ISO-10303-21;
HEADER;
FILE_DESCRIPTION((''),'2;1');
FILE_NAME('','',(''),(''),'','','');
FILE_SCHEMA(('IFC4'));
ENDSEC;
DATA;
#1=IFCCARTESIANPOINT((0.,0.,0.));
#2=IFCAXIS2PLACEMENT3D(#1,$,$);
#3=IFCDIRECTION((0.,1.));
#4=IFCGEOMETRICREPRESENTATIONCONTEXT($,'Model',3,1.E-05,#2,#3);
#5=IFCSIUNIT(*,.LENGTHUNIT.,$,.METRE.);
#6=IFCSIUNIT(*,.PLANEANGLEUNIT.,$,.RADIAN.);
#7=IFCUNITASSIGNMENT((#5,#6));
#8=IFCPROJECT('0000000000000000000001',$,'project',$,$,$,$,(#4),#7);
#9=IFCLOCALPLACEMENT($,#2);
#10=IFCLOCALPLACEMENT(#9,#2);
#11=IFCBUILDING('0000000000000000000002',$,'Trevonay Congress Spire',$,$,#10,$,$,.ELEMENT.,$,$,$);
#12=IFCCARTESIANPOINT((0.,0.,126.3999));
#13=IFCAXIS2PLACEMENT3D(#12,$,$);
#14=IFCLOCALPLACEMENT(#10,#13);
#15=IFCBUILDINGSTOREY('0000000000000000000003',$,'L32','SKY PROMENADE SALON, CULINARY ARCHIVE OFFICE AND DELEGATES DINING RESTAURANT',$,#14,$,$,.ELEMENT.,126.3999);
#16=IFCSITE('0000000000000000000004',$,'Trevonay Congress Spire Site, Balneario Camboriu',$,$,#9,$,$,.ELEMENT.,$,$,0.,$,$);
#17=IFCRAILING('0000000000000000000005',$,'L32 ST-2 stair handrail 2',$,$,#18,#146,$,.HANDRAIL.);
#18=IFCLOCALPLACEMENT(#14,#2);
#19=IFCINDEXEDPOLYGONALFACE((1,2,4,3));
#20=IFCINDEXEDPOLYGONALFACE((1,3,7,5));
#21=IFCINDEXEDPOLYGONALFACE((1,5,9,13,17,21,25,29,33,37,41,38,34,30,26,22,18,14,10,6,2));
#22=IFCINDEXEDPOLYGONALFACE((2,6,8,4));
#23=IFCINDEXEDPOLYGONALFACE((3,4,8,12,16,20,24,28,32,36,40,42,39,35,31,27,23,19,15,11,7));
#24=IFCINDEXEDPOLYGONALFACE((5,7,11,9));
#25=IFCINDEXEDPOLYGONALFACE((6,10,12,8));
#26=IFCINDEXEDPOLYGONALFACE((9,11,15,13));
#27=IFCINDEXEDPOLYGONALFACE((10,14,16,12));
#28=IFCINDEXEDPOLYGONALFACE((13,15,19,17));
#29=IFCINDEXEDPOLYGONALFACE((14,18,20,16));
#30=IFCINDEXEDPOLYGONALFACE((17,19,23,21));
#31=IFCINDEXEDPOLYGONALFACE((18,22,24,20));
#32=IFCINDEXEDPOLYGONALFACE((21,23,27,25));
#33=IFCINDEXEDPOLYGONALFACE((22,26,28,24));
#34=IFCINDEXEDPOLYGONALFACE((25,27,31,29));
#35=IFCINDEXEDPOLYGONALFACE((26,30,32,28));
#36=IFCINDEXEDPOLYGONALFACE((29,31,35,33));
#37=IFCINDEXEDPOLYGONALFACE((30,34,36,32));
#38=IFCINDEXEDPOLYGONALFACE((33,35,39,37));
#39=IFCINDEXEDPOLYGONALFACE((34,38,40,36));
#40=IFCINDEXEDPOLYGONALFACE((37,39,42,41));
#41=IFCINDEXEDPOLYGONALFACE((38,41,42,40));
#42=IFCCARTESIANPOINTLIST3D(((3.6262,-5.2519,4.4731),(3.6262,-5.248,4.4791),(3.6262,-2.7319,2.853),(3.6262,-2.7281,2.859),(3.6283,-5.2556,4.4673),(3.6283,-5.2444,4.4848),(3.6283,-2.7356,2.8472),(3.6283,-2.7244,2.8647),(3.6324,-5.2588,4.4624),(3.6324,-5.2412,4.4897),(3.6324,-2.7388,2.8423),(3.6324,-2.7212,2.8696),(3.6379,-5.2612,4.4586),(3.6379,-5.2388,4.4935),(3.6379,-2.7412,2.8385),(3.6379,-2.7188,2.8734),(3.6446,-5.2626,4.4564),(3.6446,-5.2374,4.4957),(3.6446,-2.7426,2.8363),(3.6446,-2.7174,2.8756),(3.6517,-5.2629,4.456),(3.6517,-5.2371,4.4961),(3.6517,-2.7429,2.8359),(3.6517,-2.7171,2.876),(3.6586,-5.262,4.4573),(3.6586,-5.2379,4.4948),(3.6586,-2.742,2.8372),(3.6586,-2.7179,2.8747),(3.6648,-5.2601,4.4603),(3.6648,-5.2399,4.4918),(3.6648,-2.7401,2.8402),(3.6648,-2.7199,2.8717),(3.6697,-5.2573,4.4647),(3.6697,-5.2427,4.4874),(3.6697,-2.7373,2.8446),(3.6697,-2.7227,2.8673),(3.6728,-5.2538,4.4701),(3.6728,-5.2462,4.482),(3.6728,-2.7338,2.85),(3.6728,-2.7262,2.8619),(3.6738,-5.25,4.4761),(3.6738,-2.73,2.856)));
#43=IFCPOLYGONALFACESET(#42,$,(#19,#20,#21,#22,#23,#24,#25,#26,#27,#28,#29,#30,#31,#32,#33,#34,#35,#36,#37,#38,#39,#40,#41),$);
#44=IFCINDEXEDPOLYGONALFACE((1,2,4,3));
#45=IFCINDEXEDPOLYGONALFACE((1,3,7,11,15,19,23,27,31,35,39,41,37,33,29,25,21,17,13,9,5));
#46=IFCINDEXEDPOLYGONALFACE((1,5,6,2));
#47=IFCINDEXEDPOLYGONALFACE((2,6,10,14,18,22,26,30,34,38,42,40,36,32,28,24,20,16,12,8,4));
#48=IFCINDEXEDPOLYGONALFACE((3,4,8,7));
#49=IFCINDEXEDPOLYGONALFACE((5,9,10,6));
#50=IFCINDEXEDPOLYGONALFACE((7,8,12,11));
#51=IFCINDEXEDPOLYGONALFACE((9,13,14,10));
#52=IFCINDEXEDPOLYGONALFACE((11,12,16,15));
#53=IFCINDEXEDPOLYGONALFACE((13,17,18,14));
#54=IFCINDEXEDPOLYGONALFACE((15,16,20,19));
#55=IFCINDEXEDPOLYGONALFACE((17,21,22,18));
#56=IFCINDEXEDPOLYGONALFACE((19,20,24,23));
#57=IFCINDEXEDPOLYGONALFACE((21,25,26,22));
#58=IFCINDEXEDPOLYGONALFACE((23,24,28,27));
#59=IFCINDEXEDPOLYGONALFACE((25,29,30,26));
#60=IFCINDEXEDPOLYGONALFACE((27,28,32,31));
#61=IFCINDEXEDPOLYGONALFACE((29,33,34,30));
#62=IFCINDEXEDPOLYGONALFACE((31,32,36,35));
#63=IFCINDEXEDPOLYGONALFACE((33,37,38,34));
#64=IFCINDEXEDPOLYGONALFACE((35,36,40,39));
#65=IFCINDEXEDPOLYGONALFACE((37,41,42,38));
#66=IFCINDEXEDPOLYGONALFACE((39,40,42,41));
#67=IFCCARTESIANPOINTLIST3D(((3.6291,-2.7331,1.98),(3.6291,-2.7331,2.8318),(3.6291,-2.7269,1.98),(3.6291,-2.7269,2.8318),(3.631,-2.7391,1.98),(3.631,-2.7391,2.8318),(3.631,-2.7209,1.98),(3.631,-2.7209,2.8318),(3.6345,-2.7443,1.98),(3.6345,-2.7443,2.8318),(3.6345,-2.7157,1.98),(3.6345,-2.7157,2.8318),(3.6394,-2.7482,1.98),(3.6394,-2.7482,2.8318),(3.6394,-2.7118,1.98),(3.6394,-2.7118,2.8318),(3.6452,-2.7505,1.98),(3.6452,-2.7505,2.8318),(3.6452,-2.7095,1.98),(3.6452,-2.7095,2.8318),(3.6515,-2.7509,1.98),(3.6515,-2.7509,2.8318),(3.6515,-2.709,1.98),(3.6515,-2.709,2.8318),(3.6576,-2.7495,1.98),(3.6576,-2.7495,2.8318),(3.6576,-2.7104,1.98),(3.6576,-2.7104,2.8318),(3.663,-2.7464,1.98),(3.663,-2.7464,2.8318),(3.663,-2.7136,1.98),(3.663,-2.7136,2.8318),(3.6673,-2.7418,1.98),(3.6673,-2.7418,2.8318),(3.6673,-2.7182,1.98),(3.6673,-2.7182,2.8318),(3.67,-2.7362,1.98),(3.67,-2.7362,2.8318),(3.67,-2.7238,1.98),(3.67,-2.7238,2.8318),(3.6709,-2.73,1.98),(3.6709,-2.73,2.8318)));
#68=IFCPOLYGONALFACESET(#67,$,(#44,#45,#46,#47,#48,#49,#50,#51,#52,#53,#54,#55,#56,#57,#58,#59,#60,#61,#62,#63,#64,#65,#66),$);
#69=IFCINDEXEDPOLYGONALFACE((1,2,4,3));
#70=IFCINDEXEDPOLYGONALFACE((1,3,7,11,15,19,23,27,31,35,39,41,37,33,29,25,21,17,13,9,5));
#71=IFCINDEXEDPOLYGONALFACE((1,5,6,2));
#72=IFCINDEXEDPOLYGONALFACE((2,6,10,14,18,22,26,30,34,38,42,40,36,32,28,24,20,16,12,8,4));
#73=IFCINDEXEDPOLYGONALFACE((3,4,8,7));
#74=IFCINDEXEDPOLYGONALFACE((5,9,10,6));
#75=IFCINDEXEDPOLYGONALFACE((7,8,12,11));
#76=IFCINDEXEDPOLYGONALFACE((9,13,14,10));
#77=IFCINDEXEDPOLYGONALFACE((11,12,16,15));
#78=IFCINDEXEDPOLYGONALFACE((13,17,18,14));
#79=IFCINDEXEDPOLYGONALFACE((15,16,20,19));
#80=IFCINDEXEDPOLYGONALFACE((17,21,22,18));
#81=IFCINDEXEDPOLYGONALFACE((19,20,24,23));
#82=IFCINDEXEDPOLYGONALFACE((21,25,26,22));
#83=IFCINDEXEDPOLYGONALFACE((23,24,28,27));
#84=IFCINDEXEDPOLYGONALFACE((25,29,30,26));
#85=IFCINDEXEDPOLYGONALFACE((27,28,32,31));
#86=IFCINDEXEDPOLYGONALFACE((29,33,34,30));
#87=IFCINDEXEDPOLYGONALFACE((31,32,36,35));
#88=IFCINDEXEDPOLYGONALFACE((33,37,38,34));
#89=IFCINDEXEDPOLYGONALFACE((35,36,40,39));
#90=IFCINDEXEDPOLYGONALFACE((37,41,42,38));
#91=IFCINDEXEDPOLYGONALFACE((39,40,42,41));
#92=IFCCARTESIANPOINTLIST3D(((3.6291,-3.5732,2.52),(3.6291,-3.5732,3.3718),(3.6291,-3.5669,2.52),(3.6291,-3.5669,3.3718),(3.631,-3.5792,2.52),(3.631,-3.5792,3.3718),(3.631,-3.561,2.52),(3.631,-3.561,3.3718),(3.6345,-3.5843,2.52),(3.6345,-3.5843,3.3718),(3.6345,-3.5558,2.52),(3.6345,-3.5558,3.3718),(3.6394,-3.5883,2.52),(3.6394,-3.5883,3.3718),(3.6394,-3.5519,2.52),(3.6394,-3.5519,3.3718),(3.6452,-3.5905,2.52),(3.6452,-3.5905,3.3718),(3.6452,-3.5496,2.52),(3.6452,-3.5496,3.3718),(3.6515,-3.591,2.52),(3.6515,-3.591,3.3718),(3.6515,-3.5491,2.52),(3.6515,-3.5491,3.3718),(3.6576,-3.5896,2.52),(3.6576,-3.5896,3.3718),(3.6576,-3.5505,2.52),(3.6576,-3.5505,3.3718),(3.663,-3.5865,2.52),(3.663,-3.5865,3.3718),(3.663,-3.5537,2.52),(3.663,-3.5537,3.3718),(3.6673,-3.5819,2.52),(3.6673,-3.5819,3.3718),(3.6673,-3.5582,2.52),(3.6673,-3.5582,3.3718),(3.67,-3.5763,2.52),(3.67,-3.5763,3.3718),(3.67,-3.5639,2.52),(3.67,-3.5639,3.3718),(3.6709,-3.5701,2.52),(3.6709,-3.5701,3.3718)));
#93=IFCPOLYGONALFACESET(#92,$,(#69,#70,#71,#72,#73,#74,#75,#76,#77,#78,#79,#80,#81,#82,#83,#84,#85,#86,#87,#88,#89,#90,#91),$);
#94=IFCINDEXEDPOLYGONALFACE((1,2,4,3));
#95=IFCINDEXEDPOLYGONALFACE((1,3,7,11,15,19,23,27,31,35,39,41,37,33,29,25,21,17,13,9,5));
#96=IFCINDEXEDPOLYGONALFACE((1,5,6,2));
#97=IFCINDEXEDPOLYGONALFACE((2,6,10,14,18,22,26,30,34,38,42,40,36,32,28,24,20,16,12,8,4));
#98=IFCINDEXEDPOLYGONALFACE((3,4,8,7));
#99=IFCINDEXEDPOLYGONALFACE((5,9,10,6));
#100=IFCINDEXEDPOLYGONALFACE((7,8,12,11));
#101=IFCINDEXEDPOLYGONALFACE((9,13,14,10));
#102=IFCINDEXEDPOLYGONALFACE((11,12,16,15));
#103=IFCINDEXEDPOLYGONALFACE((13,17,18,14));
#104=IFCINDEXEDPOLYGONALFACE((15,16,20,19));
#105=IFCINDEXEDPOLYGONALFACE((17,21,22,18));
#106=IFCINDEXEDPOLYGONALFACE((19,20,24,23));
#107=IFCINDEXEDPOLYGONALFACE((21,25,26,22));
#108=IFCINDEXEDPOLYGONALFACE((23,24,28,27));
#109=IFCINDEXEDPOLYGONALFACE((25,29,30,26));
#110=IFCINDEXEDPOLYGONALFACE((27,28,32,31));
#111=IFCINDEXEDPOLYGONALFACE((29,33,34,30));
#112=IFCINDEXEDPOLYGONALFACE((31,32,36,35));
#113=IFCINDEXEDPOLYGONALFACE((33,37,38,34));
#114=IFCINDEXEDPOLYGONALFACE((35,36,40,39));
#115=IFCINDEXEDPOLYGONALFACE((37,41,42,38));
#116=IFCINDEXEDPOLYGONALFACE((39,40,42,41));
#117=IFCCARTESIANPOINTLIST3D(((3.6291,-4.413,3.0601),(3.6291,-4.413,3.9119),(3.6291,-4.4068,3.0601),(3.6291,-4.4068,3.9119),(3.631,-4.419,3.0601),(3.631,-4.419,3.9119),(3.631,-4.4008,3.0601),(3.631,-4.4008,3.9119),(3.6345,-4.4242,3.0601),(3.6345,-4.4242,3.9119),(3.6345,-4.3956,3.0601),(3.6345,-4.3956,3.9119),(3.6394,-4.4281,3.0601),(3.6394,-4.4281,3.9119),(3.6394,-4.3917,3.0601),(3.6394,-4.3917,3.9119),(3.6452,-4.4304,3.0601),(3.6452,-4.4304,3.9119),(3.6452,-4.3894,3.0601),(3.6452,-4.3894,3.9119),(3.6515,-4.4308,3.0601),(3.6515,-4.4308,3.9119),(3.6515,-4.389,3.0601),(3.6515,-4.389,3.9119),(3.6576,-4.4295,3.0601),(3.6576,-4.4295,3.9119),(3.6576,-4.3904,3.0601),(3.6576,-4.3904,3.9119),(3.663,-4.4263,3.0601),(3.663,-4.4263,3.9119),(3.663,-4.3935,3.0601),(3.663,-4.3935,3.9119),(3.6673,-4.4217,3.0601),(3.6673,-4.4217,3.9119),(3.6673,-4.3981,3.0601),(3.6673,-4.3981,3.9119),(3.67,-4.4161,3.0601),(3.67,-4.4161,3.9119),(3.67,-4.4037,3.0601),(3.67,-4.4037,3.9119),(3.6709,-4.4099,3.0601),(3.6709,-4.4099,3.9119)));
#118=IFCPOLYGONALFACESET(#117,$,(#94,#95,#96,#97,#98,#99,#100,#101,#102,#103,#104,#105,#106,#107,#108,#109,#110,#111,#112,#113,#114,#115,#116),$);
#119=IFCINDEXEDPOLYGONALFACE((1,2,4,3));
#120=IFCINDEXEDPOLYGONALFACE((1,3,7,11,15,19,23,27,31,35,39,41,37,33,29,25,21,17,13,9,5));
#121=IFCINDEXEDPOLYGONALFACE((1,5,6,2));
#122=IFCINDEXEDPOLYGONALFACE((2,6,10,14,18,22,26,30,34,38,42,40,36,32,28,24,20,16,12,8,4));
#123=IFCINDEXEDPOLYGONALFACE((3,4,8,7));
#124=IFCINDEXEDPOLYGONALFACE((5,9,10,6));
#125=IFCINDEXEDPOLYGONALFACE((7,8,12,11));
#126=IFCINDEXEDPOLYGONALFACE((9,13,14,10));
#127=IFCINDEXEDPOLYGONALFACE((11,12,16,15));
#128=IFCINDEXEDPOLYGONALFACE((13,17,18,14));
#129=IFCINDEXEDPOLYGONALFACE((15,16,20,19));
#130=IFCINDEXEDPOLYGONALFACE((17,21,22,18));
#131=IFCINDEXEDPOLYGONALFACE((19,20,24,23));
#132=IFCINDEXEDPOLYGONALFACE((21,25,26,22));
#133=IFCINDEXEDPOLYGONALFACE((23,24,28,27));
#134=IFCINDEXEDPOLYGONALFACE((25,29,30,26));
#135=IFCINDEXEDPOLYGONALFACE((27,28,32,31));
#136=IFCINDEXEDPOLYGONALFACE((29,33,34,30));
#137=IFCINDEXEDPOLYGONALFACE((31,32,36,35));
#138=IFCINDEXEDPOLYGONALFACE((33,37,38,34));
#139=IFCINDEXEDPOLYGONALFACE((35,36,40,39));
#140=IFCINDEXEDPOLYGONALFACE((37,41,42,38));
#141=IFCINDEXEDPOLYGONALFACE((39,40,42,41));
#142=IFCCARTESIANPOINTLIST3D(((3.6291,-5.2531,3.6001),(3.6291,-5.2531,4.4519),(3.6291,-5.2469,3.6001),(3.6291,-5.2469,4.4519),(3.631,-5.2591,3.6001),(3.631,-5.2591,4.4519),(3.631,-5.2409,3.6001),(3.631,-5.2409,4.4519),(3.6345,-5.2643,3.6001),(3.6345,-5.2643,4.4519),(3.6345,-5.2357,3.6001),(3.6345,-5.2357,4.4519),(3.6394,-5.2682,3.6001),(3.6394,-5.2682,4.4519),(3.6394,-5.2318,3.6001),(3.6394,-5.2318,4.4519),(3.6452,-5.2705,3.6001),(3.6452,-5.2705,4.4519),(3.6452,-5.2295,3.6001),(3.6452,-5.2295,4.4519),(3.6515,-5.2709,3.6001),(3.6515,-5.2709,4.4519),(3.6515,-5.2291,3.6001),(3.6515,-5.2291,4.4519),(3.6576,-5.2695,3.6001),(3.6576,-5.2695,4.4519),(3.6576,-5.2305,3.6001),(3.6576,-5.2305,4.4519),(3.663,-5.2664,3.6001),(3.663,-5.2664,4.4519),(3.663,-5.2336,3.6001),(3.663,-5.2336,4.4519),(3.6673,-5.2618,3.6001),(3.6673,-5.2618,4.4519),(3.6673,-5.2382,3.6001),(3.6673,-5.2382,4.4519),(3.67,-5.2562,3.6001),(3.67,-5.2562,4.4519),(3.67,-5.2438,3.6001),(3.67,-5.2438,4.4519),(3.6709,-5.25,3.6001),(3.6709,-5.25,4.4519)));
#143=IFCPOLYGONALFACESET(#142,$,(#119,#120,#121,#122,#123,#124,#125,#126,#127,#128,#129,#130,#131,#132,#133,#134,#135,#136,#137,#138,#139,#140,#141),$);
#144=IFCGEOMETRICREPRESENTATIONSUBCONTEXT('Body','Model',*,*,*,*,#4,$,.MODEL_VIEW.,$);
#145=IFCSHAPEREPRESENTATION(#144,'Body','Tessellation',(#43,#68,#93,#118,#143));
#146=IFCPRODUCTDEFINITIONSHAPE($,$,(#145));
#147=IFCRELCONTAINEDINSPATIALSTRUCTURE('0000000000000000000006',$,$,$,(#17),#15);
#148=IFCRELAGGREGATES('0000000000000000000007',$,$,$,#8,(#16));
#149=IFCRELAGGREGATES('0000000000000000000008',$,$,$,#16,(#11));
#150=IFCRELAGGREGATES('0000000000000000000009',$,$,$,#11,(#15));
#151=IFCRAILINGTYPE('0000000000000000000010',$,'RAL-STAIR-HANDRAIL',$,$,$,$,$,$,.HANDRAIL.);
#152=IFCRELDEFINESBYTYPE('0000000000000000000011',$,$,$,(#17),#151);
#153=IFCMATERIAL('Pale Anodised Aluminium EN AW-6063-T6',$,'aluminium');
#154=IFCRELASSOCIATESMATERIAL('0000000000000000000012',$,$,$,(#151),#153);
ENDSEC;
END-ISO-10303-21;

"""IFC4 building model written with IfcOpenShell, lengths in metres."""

from ifc_helpers import new_model, si_unit, direction, frame, origin, origin_2d, place, context, subcontext, project, spatial, circle, extrude, material, type_object, element, save


model = new_model("IFC4")

# Units and contexts
model_context = context("Model", 3, precision=1e-05, world=origin(), true_north=direction((0.0, 1.0)))
body_context = subcontext(model_context, "Body", "Model", "MODEL_VIEW")
ifc_project = project(units=[si_unit("LENGTHUNIT", "METRE"), si_unit("PLANEANGLEUNIT", "RADIAN")], contexts=[model_context])

# Site, building, storey
site_placement = place(None, origin())
site = spatial("IfcSite", under=ifc_project, at=site_placement, Name="Trevonay Congress Spire Site, Balneario Camboriu", CompositionType="ELEMENT", RefElevation=0.0)
building_placement = place(site_placement, origin())
building = spatial("IfcBuilding", under=site, at=building_placement, Name="Trevonay Congress Spire", CompositionType="ELEMENT")
storey_placement = place(building_placement, frame((0.0, 0.0, 126.3999)))
storey = spatial("IfcBuildingStorey", under=building, at=storey_placement, Name="L32", Description="SKY PROMENADE SALON, CULINARY ARCHIVE OFFICE AND DELEGATES DINING RESTAURANT", CompositionType="ELEMENT", Elevation=126.3999)

# Shared definitions
ifc_material_1 = material(Name="Pale Anodised Aluminium EN AW-6063-T6", Category="aluminium")

# Railing
railing_type_1 = type_object("IfcRailingType", Name="RAL-STAIR-HANDRAIL", PredefinedType="HANDRAIL", material=ifc_material_1)
railing_1_placement = place(storey_placement, frame((3.6499, -2.73, 1.98)))
element("IfcRailing", 1, at=railing_1_placement, inside=storey, type_object=railing_type_1, Name="L32 ST-2 stair handrail 2", PredefinedType="HANDRAIL", context=body_context, shape_type="SweptSolid", body=[
    extrude(circle(Radius=0.0239, at=origin_2d()), frame((0.0, 0.0, 0.876), z_axis=(0.0, -0.841163, 0.540782), x_axis=(1.0, 0.0, 0.0)), (0.0, 0.0, 1.0), 2.9958),
    extrude(circle(Radius=0.021, at=origin_2d()), origin(), (0.0, 0.0, 1.0), 0.8518),
    extrude(circle(Radius=0.021, at=origin_2d()), frame((0.0, -0.8401, 0.54)), (0.0, 0.0, 1.0), 0.8518),
    extrude(circle(Radius=0.021, at=origin_2d()), frame((0.0, -1.6799, 1.0801)), (0.0, 0.0, 1.0), 0.8518),
    extrude(circle(Radius=0.021, at=origin_2d()), frame((0.0, -2.52, 1.6201)), (0.0, 0.0, 1.0), 0.8518),
])

save(model, "model.ifc")
